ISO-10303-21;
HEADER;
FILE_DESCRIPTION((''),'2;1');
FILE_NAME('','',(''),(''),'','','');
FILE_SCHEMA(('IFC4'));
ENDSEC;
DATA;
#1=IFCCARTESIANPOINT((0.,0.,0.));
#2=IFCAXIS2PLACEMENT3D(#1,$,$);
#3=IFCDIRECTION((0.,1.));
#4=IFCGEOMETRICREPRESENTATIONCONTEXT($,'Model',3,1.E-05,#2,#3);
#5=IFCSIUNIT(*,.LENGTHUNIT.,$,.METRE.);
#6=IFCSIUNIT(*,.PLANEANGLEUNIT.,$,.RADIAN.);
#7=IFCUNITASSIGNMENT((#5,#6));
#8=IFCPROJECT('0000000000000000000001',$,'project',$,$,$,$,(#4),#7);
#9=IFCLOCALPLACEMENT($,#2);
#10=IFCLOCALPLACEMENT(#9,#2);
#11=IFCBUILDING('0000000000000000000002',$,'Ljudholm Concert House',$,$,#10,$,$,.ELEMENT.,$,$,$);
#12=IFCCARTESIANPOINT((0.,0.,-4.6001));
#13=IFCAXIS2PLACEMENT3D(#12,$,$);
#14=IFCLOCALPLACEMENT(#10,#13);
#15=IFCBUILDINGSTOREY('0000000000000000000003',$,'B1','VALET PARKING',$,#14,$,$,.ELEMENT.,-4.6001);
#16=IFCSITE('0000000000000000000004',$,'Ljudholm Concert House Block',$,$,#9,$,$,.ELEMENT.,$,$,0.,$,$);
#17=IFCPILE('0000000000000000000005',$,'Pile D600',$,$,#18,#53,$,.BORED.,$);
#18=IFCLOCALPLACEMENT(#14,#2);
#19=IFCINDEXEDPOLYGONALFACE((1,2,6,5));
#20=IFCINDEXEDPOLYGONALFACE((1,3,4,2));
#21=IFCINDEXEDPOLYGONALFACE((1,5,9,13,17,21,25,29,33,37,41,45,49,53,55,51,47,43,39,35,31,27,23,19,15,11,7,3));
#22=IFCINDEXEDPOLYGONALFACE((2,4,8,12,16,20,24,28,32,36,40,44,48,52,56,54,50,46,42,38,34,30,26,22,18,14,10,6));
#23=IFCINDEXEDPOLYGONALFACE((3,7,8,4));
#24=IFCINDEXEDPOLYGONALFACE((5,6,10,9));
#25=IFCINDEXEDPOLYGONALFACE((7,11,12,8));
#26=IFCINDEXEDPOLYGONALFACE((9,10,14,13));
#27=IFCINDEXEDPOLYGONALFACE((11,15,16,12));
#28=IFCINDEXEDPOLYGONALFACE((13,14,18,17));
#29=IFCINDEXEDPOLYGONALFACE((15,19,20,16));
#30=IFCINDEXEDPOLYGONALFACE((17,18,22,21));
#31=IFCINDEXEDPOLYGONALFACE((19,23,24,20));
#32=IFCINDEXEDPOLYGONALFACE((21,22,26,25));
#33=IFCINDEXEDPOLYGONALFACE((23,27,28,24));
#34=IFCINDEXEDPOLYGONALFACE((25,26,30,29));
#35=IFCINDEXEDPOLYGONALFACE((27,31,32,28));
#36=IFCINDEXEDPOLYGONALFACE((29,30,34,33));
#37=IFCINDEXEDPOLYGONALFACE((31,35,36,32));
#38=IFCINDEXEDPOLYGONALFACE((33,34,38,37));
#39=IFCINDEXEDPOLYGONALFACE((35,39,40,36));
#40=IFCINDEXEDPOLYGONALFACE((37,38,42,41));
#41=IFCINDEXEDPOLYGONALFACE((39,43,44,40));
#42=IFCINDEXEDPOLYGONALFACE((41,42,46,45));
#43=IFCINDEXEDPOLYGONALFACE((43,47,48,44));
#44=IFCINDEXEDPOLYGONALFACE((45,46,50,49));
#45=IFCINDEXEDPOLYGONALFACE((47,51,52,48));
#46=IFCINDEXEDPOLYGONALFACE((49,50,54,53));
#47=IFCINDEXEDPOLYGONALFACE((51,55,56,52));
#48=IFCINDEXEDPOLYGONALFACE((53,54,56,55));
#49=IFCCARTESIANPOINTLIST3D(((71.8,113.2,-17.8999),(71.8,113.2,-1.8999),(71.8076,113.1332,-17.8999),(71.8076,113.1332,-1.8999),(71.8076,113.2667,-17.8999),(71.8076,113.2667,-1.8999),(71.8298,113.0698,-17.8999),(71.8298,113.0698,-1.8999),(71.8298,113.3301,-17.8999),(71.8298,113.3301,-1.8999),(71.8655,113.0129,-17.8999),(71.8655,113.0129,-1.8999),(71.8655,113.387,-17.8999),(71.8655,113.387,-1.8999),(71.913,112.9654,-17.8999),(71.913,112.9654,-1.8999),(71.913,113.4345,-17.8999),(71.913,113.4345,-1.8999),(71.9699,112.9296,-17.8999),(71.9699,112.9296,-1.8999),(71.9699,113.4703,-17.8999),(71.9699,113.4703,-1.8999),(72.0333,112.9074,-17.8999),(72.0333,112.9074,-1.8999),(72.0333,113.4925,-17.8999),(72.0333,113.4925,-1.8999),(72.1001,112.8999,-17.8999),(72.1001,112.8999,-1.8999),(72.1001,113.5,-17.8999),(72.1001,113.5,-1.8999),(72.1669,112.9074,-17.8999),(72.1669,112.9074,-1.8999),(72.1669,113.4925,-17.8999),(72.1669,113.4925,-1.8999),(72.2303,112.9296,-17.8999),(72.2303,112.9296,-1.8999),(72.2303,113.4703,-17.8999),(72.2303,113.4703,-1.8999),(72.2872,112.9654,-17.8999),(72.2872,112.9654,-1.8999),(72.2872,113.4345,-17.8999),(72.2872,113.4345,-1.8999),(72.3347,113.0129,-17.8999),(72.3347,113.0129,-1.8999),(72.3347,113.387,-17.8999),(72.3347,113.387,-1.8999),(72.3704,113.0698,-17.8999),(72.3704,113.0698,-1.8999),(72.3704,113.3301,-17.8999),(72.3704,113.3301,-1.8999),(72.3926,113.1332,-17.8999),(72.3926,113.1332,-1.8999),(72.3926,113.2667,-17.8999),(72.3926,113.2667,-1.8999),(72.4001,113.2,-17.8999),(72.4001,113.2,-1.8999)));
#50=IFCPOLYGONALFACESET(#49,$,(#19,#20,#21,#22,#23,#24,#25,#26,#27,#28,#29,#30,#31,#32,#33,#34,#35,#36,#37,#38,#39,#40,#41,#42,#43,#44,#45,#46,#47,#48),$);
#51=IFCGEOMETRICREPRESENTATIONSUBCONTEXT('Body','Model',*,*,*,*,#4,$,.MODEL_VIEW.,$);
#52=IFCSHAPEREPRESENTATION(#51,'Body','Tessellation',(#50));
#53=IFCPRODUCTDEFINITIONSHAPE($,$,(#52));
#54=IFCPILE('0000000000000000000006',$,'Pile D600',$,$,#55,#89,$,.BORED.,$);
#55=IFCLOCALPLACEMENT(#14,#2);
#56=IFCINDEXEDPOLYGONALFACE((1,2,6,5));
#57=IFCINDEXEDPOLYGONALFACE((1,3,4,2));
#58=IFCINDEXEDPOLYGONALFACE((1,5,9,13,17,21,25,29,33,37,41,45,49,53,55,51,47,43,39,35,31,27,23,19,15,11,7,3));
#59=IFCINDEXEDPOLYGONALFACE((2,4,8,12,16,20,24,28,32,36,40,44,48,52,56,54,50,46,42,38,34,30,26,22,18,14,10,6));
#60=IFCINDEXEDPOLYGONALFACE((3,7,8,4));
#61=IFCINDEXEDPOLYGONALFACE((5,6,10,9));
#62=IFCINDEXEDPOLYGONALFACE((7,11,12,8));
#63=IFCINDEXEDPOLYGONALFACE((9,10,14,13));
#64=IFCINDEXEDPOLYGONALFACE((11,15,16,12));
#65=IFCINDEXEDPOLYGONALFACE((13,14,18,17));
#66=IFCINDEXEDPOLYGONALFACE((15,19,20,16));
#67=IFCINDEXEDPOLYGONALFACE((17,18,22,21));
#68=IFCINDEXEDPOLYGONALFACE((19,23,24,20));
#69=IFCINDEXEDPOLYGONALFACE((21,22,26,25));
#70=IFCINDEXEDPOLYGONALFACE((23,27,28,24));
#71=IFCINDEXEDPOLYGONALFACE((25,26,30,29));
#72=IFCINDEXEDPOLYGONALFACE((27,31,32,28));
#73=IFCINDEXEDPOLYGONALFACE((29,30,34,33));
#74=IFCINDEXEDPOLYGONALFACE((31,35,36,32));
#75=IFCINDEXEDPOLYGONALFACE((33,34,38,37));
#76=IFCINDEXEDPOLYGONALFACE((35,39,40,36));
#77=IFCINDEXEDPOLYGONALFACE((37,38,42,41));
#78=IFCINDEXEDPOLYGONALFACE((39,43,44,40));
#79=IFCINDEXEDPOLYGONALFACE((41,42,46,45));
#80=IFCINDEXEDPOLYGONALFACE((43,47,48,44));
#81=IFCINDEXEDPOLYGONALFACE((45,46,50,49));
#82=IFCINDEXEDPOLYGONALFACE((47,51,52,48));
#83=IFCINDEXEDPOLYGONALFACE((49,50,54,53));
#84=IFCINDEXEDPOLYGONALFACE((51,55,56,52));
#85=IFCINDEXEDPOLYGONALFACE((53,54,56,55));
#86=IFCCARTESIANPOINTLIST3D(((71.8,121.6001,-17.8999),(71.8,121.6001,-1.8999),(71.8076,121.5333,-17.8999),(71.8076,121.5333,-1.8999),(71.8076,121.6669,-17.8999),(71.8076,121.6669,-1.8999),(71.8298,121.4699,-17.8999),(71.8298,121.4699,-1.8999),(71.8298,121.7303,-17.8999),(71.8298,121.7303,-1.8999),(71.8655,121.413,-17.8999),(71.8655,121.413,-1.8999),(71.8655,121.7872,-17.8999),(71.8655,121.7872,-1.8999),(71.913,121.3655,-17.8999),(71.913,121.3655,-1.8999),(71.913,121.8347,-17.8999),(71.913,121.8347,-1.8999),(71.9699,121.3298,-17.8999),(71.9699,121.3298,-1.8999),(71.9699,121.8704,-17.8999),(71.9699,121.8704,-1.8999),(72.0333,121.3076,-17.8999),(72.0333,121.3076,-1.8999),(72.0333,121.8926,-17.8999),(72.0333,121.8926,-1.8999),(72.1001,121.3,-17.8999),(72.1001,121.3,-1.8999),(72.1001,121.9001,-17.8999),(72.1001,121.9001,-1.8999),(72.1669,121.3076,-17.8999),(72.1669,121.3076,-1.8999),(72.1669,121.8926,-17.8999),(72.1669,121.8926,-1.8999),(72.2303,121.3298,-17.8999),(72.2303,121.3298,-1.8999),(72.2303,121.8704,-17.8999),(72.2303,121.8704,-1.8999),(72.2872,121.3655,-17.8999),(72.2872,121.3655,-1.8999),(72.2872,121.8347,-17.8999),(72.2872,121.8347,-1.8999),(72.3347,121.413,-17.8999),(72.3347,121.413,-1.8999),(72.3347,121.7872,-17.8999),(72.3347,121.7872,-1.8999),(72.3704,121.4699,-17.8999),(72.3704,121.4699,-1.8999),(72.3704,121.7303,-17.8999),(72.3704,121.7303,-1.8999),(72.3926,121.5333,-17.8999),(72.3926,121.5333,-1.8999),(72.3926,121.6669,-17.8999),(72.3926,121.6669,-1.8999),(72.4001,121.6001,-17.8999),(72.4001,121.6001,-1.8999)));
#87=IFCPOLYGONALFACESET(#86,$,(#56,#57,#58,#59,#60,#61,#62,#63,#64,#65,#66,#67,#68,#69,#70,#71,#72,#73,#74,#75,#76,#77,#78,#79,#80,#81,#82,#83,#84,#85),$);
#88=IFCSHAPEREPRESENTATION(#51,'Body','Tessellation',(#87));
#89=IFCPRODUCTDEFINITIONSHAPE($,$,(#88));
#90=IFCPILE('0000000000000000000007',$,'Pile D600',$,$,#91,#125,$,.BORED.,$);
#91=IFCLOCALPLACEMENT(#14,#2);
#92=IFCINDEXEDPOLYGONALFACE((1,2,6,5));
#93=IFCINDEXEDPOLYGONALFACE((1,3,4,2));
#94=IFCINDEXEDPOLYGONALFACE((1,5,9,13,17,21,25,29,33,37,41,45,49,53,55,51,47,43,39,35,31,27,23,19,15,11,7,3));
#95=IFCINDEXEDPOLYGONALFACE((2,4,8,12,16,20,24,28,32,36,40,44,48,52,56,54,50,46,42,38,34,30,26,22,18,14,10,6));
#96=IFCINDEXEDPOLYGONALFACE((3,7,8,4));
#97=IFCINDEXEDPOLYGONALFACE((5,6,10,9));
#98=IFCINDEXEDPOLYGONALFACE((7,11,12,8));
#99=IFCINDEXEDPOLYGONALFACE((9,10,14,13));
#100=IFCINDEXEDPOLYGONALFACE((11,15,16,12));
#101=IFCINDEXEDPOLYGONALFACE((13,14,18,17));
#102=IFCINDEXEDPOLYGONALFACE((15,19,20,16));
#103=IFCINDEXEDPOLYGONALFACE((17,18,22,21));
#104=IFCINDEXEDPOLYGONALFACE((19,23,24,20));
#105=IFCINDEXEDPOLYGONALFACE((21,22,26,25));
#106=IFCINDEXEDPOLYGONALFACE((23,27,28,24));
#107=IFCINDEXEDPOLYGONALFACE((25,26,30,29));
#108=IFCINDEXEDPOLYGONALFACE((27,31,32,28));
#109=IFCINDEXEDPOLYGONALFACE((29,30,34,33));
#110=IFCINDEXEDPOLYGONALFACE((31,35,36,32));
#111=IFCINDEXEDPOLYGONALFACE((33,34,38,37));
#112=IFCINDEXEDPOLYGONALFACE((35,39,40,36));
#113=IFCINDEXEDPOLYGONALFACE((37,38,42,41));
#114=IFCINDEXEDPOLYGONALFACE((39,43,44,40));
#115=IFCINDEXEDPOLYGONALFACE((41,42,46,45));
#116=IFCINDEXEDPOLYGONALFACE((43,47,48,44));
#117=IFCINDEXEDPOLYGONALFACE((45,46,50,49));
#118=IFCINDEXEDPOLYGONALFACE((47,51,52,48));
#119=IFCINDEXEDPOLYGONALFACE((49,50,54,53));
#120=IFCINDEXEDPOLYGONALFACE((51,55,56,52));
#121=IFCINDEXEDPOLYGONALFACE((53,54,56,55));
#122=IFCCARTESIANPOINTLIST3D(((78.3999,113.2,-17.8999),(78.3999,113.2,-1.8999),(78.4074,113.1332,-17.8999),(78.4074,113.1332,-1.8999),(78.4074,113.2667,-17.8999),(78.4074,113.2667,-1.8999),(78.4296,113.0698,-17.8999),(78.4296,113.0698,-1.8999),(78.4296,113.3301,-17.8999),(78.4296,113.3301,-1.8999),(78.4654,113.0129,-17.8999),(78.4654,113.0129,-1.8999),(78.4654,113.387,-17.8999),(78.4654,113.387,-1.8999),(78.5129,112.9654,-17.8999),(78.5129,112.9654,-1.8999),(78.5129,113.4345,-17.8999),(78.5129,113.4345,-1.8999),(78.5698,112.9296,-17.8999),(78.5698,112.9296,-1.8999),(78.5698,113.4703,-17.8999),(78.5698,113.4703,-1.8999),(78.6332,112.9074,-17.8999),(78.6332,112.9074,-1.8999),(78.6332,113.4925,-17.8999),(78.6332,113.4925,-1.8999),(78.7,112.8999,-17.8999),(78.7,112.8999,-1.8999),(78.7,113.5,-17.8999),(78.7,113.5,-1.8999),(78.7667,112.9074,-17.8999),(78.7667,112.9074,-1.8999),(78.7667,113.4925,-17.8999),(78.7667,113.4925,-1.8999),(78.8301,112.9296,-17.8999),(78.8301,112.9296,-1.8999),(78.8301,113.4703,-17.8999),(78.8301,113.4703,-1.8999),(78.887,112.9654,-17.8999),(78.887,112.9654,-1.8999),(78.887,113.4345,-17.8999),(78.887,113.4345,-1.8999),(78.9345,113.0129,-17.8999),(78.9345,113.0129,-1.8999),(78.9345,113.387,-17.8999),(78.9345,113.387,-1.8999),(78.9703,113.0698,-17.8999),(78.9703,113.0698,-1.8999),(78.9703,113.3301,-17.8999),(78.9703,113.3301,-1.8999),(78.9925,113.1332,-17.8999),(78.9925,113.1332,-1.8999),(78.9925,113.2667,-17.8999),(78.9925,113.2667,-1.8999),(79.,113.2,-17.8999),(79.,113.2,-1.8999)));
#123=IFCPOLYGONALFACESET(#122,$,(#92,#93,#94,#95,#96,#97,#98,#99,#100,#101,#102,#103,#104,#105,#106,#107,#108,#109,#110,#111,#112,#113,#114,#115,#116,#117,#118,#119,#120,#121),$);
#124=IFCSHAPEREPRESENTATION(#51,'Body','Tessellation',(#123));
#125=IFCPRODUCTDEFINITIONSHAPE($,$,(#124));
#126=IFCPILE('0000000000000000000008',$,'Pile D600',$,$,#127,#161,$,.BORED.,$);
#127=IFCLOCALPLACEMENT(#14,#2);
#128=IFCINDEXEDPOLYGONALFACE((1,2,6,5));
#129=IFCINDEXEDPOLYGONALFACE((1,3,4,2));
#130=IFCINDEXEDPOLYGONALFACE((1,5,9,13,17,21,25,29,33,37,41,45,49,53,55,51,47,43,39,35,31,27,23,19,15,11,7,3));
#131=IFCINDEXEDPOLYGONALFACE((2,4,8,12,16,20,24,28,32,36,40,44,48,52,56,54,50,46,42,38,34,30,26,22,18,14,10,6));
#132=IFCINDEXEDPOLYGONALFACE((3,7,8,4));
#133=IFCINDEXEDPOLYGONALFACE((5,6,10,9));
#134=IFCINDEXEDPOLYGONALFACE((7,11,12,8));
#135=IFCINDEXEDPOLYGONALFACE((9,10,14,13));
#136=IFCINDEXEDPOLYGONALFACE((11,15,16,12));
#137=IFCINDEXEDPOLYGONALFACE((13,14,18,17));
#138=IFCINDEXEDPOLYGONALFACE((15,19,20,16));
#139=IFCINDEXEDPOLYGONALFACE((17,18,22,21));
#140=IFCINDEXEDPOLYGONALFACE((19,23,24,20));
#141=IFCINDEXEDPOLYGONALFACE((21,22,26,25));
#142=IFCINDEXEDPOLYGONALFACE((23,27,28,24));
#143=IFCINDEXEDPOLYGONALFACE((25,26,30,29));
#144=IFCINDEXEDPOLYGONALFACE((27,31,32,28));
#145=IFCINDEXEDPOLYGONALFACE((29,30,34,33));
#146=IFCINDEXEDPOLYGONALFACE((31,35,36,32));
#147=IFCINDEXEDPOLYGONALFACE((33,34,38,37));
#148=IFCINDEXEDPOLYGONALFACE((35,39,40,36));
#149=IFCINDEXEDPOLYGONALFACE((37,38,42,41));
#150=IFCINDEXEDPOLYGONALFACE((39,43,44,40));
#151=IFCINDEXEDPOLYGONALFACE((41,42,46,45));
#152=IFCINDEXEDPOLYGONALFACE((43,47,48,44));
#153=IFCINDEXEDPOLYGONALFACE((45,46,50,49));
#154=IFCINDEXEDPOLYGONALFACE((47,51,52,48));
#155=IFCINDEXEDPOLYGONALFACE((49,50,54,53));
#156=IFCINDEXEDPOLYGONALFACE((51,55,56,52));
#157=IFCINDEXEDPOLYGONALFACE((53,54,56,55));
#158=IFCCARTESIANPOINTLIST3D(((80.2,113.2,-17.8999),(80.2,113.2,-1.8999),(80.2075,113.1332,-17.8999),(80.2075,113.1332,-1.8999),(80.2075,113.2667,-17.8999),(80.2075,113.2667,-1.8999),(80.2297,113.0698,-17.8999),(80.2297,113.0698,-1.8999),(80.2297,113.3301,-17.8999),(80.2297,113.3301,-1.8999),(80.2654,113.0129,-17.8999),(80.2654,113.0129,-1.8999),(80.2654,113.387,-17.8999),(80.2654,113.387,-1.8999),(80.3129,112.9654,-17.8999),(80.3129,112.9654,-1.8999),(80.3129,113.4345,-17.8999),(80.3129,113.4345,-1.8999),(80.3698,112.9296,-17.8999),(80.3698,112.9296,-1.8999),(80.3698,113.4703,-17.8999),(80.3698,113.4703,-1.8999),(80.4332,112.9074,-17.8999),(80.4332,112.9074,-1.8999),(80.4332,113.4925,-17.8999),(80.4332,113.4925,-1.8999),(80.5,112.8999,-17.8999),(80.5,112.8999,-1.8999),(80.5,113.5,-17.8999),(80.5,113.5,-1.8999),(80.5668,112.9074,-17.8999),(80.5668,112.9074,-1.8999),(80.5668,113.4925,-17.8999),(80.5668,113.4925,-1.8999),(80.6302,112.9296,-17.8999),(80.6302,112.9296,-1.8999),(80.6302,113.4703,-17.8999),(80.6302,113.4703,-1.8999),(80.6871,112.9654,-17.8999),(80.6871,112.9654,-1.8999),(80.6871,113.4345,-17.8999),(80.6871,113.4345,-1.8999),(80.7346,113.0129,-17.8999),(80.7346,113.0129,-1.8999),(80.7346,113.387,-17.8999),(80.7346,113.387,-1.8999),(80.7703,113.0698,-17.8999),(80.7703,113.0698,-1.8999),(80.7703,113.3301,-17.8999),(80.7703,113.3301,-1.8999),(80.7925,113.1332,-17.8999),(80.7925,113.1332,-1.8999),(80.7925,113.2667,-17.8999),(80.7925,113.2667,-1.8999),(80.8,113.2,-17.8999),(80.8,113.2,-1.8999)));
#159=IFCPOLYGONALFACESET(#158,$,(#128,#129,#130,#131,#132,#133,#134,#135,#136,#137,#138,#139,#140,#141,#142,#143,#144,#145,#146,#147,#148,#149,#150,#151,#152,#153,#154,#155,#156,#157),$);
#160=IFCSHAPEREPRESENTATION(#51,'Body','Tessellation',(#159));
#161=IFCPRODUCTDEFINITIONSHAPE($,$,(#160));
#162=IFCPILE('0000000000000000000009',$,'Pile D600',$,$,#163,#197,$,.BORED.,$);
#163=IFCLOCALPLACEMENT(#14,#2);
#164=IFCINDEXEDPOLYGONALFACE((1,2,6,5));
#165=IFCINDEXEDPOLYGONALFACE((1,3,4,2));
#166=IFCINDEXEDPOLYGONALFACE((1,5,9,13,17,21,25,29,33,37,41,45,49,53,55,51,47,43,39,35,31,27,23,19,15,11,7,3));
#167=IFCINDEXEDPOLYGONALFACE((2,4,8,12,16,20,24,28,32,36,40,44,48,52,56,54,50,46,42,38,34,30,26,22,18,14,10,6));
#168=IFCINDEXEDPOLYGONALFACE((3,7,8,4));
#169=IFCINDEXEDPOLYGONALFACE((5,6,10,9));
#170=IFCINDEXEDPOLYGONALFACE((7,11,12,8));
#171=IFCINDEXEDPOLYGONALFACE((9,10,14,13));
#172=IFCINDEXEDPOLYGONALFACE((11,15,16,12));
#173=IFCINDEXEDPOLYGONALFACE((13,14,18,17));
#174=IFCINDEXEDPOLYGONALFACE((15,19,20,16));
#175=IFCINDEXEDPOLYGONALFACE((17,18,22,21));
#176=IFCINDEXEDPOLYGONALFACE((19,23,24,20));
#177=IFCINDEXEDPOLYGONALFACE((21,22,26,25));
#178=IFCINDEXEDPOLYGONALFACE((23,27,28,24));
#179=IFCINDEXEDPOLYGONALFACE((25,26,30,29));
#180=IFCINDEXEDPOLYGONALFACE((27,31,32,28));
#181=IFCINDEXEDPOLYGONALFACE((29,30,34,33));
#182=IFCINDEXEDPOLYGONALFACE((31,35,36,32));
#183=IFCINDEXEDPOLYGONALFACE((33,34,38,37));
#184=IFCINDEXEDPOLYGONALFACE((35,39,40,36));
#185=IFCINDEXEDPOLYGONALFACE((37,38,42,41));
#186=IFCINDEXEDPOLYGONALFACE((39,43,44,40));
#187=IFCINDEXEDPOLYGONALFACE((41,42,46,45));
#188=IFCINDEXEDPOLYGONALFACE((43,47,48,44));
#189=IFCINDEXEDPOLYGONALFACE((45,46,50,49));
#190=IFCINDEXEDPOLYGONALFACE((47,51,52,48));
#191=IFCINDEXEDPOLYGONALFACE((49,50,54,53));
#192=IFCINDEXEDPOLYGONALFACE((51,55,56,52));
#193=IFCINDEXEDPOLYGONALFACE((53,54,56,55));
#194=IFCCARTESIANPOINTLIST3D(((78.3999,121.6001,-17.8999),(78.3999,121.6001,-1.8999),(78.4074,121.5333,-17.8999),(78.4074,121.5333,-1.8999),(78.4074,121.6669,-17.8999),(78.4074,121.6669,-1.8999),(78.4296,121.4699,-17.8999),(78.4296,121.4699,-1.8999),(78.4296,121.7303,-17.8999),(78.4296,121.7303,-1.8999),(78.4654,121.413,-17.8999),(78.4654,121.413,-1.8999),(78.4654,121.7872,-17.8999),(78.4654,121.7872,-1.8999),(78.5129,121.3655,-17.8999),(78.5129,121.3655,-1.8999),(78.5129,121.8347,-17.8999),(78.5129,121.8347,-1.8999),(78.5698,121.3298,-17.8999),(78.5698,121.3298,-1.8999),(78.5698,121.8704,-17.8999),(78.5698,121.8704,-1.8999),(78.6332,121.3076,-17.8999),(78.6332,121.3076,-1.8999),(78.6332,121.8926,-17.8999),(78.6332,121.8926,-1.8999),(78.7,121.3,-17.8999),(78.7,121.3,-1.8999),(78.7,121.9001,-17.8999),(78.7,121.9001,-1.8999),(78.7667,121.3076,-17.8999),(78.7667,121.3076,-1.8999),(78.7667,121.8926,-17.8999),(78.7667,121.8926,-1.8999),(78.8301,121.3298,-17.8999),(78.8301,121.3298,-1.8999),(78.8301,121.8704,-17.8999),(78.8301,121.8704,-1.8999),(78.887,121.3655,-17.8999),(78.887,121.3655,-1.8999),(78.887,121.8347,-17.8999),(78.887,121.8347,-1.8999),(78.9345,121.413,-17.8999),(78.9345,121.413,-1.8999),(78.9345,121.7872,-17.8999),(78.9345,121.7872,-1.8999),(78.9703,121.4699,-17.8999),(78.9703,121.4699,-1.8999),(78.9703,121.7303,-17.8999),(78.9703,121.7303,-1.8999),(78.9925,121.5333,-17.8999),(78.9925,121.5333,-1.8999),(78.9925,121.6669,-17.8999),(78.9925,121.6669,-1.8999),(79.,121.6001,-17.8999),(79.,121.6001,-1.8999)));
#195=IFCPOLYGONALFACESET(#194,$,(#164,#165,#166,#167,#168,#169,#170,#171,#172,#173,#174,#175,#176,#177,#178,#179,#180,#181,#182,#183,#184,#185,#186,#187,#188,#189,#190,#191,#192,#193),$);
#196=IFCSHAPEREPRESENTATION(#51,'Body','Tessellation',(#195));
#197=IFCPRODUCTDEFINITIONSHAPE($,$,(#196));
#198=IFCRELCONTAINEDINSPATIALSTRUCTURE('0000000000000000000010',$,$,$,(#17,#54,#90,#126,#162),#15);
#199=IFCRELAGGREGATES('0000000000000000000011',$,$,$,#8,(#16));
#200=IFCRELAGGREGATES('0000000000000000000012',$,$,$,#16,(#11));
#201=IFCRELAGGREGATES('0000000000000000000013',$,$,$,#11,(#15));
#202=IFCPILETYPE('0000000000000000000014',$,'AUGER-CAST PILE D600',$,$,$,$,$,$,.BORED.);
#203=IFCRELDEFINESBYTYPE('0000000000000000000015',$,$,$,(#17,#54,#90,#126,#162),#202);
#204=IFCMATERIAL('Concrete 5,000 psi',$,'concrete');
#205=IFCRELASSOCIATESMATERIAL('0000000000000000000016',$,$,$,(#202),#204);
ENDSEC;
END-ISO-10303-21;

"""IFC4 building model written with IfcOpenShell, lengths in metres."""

from ifc_helpers import new_model, si_unit, direction, frame, origin, origin_2d, place, context, subcontext, project, spatial, circle, extrude, material, material_profile, profile_set, type_object, element, save


model = new_model("IFC4")

# Units and contexts
model_context = context("Model", 3, precision=1e-05, world=origin(), true_north=direction((0.0, 1.0)))
body_context = subcontext(model_context, "Body", "Model", "MODEL_VIEW")
ifc_project = project(units=[si_unit("LENGTHUNIT", "METRE"), si_unit("PLANEANGLEUNIT", "RADIAN")], contexts=[model_context])

# Site, building, storey
site_placement = place(None, origin())
site = spatial("IfcSite", under=ifc_project, at=site_placement, Name="Ljudholm Concert House Block", CompositionType="ELEMENT", RefElevation=0.0)
building_placement = place(site_placement, origin())
building = spatial("IfcBuilding", under=site, at=building_placement, Name="Ljudholm Concert House", CompositionType="ELEMENT")
storey_placement = place(building_placement, frame((0.0, 0.0, -4.6001)))
storey = spatial("IfcBuildingStorey", under=building, at=storey_placement, Name="B1", Description="VALET PARKING", CompositionType="ELEMENT", Elevation=-4.6001)

# Piles
ifc_material_1 = material(Name="Concrete 5,000 psi", Category="concrete")
ifc_material_profile_1 = material_profile(ifc_material_1, circle(Radius=0.3, at=origin_2d()), Name="AUGER-CAST PILE D600")
ifc_profile_set_1 = profile_set([ifc_material_profile_1], Name="Concrete 5,000 psi")
pile_type = type_object("IfcPileType", Name="AUGER-CAST PILE D600", PredefinedType="BORED", material=ifc_profile_set_1)
for number, where, z_axis, x_axis, name in (
    (1, (72.1001, 113.2, -1.8999), (0.0, 0.0, -1.0), (1.0, 0.0, 0.0), "Pile D600"),
    (2, (72.1001, 121.6001, -1.8999), (0.0, 0.0, -1.0), (1.0, 0.0, 0.0), "Pile D600"),
    (3, (78.7, 113.2, -1.8999), (0.0, 0.0, -1.0), (1.0, 0.0, 0.0), "Pile D600"),
    (4, (80.5, 113.2, -1.8999), (0.0, 0.0, -1.0), (1.0, 0.0, 0.0), "Pile D600"),
    (5, (78.7, 121.6001, -1.8999), (0.0, 0.0, -1.0), (1.0, 0.0, 0.0), "Pile D600"),
):
    element("IfcPile", number, at=place(storey_placement, frame(where, z_axis=z_axis, x_axis=x_axis)), inside=storey, type_object=pile_type, Name=name, PredefinedType="BORED", context=body_context, shape_type="SweptSolid", body=[
        extrude(circle(Radius=0.3, at=origin_2d()), origin(), (0.0, 0.0, 1.0), 16.0),
    ])

save(model, "model.ifc")
